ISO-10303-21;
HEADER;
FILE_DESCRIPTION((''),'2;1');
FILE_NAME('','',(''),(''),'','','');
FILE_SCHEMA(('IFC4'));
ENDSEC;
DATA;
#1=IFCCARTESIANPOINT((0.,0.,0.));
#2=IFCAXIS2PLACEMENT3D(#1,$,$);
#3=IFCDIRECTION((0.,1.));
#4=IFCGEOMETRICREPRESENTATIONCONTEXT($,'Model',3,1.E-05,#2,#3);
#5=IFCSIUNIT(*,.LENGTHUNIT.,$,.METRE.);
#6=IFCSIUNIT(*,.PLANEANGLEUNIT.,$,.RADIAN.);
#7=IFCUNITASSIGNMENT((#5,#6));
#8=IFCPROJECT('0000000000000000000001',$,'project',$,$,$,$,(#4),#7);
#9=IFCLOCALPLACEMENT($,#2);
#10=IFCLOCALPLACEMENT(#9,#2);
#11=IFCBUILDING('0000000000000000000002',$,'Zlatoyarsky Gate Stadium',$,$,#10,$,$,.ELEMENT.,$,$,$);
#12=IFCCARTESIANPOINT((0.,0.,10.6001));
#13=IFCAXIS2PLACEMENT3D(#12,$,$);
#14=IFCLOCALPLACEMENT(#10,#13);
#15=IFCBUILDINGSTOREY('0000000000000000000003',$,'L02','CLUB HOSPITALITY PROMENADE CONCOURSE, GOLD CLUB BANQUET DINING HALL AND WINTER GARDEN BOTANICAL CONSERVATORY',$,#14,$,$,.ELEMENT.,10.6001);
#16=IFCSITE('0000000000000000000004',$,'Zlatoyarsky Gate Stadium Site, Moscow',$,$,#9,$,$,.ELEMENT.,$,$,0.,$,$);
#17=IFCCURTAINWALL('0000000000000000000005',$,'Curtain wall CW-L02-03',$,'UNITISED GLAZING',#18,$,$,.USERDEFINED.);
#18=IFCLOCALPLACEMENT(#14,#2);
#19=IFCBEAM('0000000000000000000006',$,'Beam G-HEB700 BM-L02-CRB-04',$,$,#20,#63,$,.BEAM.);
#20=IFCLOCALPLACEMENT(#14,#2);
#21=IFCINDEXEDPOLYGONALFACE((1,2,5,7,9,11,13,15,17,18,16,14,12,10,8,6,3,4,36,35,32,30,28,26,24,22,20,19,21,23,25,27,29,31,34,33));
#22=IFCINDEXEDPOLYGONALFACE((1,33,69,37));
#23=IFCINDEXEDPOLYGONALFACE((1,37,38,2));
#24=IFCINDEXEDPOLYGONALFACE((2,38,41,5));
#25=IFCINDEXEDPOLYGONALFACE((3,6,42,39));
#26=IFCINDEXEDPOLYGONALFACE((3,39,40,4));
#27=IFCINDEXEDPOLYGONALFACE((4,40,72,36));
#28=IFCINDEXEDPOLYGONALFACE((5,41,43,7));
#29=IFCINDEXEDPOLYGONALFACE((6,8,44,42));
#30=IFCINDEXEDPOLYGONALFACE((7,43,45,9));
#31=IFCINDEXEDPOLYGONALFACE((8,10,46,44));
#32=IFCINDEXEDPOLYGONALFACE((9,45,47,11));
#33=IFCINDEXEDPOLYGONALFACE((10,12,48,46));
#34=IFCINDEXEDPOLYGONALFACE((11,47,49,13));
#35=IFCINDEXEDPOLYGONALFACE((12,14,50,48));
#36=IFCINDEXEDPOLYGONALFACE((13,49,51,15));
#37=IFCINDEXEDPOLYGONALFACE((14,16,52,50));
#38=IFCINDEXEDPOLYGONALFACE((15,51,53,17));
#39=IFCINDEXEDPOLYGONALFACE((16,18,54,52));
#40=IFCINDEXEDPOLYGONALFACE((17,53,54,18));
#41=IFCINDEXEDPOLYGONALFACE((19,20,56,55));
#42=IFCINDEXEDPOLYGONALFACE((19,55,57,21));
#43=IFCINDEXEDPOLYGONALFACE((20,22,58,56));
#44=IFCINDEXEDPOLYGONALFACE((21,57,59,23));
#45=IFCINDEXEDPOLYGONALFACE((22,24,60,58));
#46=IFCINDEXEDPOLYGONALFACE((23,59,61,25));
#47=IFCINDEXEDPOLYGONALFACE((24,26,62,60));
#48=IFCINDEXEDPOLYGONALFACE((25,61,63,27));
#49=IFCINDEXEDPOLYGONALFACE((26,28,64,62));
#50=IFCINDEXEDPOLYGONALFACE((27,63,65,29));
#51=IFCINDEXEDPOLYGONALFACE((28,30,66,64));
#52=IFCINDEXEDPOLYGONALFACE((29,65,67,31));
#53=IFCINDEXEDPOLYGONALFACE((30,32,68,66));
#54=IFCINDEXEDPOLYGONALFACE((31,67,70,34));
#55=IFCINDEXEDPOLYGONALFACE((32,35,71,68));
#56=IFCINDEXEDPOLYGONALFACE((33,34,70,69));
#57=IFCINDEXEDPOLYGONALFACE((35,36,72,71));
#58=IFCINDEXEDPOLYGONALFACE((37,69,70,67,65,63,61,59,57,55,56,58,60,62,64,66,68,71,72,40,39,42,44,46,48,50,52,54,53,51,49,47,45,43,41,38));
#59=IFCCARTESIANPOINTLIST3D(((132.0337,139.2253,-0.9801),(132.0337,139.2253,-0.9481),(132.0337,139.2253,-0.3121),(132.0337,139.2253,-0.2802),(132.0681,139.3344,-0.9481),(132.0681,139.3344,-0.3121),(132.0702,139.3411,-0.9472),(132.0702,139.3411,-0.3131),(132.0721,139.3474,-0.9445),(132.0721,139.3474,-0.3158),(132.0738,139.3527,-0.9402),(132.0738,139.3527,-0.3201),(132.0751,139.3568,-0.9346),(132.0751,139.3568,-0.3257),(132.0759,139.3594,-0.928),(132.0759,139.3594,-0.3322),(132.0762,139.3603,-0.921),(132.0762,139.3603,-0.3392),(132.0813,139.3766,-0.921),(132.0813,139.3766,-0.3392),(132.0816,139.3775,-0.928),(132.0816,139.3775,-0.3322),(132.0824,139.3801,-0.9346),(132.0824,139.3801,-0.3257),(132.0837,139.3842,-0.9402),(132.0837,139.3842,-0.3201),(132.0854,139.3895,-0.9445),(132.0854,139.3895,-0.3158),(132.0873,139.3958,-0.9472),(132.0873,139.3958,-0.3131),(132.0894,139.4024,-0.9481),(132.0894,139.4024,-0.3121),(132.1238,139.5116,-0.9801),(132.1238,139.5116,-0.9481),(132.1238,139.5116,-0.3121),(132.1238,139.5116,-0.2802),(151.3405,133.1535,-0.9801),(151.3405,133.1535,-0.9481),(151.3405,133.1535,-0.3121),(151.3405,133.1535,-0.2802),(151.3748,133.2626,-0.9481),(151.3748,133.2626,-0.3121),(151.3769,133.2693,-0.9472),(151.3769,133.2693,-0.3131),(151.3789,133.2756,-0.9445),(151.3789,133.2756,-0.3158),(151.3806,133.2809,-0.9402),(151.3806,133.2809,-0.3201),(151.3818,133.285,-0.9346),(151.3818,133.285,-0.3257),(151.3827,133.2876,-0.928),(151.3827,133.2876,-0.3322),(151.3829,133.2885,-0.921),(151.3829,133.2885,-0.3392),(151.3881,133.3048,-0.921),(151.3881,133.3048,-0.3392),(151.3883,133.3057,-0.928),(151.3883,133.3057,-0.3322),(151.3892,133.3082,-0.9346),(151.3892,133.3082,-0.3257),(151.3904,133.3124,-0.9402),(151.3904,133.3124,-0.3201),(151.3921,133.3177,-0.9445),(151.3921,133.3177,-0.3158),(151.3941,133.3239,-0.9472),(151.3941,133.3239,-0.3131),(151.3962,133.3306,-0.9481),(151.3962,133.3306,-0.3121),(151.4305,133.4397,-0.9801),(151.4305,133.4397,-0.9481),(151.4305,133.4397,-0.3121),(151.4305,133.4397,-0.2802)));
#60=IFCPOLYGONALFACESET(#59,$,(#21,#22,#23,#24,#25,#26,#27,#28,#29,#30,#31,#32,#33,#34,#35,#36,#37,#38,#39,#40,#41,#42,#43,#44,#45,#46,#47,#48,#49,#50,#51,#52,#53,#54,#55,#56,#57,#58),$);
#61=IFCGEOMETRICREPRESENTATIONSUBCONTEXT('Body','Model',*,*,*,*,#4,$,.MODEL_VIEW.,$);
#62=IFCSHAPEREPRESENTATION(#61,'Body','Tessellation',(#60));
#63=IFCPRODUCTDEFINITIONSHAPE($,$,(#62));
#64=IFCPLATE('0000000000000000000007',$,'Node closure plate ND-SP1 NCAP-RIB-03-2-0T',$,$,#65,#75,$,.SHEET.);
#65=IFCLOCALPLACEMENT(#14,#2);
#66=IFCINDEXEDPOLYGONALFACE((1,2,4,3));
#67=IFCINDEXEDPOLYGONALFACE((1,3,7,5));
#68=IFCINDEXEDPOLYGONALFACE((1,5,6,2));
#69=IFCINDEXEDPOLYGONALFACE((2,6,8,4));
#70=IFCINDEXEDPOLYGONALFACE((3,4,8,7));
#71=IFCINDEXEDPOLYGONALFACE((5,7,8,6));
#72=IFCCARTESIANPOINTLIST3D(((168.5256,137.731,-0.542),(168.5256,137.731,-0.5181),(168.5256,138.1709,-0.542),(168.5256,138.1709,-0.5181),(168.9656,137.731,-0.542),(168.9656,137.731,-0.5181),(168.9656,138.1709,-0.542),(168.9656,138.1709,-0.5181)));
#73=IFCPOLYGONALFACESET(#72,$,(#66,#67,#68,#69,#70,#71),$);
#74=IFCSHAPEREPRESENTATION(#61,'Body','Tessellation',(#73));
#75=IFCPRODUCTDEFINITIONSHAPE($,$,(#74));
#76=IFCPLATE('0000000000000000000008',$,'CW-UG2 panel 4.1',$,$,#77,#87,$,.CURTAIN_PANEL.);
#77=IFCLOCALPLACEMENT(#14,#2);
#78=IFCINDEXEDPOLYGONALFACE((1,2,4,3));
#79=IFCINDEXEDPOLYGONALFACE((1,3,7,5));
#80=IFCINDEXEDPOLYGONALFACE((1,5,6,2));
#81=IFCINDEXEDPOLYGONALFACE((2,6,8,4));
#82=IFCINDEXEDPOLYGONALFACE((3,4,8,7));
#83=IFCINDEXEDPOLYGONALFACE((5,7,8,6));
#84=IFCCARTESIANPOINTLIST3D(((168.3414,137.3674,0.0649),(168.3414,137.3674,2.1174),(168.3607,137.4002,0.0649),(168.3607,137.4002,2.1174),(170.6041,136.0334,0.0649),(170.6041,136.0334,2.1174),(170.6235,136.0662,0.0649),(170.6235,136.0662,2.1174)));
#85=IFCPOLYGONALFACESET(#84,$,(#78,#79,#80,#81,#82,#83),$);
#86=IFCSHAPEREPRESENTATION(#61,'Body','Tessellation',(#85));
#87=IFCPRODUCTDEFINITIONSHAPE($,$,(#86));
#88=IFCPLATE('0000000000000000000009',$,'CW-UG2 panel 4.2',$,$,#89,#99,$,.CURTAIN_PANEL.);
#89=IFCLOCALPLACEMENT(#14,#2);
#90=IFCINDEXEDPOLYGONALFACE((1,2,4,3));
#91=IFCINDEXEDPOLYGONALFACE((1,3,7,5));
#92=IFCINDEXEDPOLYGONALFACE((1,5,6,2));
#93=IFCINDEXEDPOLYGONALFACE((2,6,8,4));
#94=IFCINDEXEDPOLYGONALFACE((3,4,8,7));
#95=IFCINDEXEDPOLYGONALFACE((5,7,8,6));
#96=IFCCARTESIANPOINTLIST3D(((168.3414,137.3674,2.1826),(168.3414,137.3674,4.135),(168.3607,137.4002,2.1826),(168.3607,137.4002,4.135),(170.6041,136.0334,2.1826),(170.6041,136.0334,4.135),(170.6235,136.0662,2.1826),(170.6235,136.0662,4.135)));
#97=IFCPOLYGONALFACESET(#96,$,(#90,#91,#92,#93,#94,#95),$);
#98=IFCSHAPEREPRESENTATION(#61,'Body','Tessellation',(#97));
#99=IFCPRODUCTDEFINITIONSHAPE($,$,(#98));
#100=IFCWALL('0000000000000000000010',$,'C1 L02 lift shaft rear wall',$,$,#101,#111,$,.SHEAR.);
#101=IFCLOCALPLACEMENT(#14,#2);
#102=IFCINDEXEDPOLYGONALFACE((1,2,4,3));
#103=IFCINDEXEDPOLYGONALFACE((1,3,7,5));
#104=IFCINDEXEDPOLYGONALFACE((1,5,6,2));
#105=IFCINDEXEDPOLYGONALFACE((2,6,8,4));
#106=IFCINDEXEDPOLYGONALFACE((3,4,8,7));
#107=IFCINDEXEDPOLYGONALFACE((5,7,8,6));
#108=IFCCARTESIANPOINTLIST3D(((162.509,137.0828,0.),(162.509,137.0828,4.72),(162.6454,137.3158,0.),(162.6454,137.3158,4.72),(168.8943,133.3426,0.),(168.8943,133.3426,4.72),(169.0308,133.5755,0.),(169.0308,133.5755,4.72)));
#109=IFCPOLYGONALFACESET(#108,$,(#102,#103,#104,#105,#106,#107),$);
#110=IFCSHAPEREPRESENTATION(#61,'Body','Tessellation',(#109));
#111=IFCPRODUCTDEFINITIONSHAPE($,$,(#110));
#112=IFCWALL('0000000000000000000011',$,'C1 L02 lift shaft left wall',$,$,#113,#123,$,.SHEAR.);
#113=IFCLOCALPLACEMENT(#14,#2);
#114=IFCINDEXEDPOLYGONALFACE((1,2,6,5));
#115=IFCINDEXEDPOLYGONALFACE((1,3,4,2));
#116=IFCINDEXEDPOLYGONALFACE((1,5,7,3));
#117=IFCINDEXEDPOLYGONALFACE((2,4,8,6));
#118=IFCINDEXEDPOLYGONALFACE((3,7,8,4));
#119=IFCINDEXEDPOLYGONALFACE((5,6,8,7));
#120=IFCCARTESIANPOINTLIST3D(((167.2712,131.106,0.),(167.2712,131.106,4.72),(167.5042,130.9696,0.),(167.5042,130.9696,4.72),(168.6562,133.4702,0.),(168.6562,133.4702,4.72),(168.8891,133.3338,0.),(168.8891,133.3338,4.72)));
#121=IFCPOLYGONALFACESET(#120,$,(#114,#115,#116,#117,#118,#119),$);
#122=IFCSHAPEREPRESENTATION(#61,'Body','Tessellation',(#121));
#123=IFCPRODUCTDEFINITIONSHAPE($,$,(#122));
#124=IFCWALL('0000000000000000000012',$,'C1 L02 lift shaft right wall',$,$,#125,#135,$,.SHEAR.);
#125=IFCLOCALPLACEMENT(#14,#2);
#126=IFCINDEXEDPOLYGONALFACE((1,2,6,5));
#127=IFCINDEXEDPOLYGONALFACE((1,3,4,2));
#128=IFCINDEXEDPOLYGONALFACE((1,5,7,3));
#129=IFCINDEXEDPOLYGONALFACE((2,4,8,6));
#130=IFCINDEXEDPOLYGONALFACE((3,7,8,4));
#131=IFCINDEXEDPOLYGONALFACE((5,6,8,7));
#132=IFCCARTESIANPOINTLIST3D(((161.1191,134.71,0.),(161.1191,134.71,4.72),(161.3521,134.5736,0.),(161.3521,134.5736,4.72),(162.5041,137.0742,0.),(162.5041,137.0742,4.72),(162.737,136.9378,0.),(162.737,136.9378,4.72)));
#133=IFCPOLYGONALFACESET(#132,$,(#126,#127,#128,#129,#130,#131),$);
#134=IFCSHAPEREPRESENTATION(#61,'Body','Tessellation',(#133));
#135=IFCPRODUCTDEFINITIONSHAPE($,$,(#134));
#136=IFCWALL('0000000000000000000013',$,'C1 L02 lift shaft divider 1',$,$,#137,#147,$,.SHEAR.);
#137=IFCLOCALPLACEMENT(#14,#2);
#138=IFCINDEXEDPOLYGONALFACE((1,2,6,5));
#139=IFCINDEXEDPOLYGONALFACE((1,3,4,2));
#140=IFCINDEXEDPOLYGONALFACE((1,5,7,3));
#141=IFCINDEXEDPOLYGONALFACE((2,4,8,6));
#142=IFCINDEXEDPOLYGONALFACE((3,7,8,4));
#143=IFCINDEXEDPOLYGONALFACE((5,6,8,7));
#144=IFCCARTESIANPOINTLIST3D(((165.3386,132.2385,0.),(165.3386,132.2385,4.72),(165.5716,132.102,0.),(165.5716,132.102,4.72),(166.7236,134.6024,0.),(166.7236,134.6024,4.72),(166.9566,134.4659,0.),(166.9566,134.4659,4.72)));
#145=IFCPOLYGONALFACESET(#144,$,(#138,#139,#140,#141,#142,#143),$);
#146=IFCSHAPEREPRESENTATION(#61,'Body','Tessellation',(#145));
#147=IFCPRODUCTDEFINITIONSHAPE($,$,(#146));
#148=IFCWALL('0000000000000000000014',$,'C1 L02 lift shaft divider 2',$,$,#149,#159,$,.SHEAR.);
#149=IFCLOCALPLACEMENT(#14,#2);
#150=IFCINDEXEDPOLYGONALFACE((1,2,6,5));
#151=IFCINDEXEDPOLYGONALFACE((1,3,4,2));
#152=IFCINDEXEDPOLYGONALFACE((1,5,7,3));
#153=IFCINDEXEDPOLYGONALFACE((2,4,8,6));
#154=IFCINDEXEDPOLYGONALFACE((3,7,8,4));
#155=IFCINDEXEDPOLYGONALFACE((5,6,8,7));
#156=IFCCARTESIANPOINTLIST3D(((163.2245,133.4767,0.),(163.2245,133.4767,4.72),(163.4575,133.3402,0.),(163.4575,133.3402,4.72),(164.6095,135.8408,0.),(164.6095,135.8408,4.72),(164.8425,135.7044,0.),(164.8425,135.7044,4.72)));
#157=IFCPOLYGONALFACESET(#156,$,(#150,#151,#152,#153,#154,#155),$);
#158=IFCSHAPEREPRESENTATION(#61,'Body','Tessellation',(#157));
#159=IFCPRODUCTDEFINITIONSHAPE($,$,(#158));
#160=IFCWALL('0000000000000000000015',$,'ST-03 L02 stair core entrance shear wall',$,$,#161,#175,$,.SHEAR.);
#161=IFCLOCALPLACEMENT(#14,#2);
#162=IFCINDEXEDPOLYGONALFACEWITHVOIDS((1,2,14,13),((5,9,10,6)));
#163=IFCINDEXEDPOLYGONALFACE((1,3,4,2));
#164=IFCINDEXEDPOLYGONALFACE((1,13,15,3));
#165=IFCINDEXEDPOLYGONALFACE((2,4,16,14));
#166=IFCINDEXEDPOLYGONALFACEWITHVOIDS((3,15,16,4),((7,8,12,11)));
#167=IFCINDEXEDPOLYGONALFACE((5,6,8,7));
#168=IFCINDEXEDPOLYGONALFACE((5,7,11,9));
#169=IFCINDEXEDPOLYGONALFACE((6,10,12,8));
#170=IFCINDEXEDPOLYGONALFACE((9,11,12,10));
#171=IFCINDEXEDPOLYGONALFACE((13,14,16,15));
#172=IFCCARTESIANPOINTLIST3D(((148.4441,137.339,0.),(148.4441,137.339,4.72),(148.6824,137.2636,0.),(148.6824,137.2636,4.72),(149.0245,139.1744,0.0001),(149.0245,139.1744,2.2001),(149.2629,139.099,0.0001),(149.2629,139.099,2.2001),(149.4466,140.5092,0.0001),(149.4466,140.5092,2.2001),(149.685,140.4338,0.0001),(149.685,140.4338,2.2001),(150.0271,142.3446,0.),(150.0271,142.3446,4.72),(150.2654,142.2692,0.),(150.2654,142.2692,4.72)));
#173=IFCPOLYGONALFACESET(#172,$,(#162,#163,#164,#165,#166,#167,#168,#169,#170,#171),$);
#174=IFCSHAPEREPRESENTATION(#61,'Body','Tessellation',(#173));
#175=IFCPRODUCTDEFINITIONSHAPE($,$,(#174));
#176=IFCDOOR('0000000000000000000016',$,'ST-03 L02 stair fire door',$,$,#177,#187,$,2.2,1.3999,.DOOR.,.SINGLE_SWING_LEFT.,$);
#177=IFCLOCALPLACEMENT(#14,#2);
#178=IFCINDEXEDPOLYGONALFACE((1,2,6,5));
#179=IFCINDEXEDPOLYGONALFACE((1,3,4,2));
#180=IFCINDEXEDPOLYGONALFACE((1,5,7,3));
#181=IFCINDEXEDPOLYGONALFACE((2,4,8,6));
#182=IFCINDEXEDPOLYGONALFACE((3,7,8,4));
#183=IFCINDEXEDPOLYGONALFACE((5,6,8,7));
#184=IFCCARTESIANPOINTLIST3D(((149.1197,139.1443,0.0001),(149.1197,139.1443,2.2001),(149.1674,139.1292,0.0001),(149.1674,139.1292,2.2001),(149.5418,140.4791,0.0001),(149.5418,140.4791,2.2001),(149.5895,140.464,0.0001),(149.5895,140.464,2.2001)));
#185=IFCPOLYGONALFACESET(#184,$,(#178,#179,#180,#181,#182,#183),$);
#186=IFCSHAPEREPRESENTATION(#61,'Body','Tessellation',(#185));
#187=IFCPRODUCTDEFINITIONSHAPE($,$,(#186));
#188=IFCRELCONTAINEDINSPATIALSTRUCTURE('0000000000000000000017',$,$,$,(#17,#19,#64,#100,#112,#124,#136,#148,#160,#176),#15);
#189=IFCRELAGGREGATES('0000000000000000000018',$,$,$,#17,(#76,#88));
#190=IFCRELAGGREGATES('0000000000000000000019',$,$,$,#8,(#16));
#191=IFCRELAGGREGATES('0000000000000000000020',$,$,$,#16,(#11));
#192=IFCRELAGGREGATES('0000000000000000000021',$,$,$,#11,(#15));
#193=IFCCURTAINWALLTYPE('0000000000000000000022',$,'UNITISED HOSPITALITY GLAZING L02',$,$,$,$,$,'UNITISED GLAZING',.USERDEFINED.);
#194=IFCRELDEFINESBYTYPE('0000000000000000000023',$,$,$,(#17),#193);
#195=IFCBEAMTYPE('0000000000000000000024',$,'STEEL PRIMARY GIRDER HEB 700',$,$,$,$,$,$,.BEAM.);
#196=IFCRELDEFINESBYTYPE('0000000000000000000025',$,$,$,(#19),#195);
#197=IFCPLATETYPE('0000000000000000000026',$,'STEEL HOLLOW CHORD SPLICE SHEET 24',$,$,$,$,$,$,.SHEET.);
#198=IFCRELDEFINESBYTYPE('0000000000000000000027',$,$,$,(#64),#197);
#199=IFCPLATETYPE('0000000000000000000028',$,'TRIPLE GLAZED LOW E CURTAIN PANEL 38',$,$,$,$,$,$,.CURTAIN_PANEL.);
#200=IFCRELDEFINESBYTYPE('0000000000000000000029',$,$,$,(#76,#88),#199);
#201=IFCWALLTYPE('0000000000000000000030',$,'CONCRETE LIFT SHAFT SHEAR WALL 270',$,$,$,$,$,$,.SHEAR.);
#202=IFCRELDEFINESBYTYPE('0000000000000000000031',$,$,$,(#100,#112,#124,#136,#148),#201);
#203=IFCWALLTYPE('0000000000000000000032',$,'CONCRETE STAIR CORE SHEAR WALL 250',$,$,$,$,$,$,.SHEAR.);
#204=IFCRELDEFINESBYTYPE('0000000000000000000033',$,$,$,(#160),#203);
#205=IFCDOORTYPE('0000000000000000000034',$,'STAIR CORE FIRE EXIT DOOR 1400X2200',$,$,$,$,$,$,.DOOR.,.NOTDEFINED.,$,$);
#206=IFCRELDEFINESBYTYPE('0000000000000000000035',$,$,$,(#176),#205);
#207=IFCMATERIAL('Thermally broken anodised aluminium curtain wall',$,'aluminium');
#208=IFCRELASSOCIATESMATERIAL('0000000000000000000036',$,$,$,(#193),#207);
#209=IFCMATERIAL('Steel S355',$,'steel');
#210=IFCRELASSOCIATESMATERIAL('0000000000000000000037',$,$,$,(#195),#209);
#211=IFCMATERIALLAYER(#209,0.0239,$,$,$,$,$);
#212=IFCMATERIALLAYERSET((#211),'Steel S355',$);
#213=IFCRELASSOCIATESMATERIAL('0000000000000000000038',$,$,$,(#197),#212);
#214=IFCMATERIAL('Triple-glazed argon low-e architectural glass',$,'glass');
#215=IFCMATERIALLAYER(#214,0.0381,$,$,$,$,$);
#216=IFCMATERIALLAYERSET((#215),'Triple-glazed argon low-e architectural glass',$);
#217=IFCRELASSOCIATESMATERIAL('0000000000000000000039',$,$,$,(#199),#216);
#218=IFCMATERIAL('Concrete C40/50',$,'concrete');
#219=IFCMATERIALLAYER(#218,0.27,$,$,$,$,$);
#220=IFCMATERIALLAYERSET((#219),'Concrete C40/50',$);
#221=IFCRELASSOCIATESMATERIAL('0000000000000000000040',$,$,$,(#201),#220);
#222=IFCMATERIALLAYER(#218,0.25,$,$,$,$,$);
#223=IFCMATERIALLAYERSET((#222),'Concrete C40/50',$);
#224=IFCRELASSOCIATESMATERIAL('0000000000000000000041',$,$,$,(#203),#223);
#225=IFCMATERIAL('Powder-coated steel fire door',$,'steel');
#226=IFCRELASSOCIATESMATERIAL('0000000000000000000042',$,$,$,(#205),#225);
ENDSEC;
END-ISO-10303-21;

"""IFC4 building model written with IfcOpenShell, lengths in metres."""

from ifc_helpers import new_model, si_unit, direction, frame, frame_2d, origin, origin_2d, place, context, subcontext, project, spatial, rectangle, i_section, extrude, material, layer, layer_set, material_profile, profile_set, type_object, element, fill, aggregate, save


model = new_model("IFC4")

# Units and contexts
model_context = context("Model", 3, precision=1e-05, world=origin(), true_north=direction((0.0, 1.0)))
body_context = subcontext(model_context, "Body", "Model", "MODEL_VIEW")
ifc_project = project(units=[si_unit("LENGTHUNIT", "METRE"), si_unit("PLANEANGLEUNIT", "RADIAN")], contexts=[model_context])

# Site, building, storey
site_placement = place(None, origin())
site = spatial("IfcSite", under=ifc_project, at=site_placement, Name="Zlatoyarsky Gate Stadium Site, Moscow", CompositionType="ELEMENT", RefElevation=0.0)
building_placement = place(site_placement, origin())
building = spatial("IfcBuilding", under=site, at=building_placement, Name="Zlatoyarsky Gate Stadium", CompositionType="ELEMENT")
storey_placement = place(building_placement, frame((0.0, 0.0, 10.6001)))
storey = spatial("IfcBuildingStorey", under=building, at=storey_placement, Name="L02", Description="CLUB HOSPITALITY PROMENADE CONCOURSE, GOLD CLUB BANQUET DINING HALL AND WINTER GARDEN BOTANICAL CONSERVATORY", CompositionType="ELEMENT", Elevation=10.6001)

# Shared definitions
ifc_material_1 = material(Name="Concrete C40/50", Category="concrete")

# Curtain wall
ifc_material_2 = material(Name="Thermally broken anodised aluminium curtain wall", Category="aluminium")
curtain_wall_type = type_object("IfcCurtainWallType", Name="UNITISED HOSPITALITY GLAZING L02", ElementType="UNITISED GLAZING", PredefinedType="USERDEFINED", material=ifc_material_2)
curtain_wall_placement = place(storey_placement, origin())
curtain_wall = element("IfcCurtainWall", 1, at=curtain_wall_placement, inside=storey, type_object=curtain_wall_type, Name="Curtain wall CW-L02-03", ObjectType="UNITISED GLAZING", PredefinedType="USERDEFINED")

# Shared definitions
ifc_material_3 = material(Name="Steel S355", Category="steel")

# Beam
ifc_material_profile_1 = material_profile(ifc_material_3, i_section(OverallWidth=0.3, OverallDepth=0.7, WebThickness=0.0171, FlangeThickness=0.032, FilletRadius=0.0271, at=origin_2d()), Name="HEB 700")
ifc_profile_set_1 = profile_set([ifc_material_profile_1], Name="Steel S355")
beam_type_1 = type_object("IfcBeamType", Name="STEEL PRIMARY GIRDER HEB 700", PredefinedType="BEAM", material=ifc_profile_set_1)
beam_1_placement = place(storey_placement, frame((151.3855, 133.2966, -0.6301), z_axis=(-0.953938, 0.300005, 0.0), x_axis=(-0.300005, -0.953938, 0.0)))
element("IfcBeam", 2, at=beam_1_placement, inside=storey, type_object=beam_type_1, Name="Beam G-HEB700 BM-L02-CRB-04", PredefinedType="BEAM", context=body_context, shape_type="SweptSolid", body=[
    extrude(i_section(OverallWidth=0.3, OverallDepth=0.7, WebThickness=0.0171, FlangeThickness=0.032, FilletRadius=0.0271, at=origin_2d()), origin(), (0.0, 0.0, 1.0), 20.239),
])

# Plates
ifc_layer_1 = layer(ifc_material_3, 0.0239)
ifc_layer_set_1 = layer_set([ifc_layer_1], Name="Steel S355")
plate_type_1 = type_object("IfcPlateType", Name="STEEL HOLLOW CHORD SPLICE SHEET 24", PredefinedType="SHEET", material=ifc_layer_set_1)
plate_1_placement = place(storey_placement, frame((168.7456, 137.9509, -0.542), z_axis=(0.0, 0.0, 1.0), x_axis=(1.0, 0.0, 0.0)))
element("IfcPlate", 3, at=plate_1_placement, inside=storey, type_object=plate_type_1, Name="Node closure plate ND-SP1 NCAP-RIB-03-2-0T", PredefinedType="SHEET", context=body_context, shape_type="SweptSolid", body=[
    extrude(rectangle(XDim=0.4399, YDim=0.4399, at=origin_2d()), origin(), (0.0, 0.0, 1.0), 0.0239),
])
ifc_material_4 = material(Name="Triple-glazed argon low-e architectural glass", Category="glass")
ifc_layer_2 = layer(ifc_material_4, 0.0381)
ifc_layer_set_2 = layer_set([ifc_layer_2], Name="Triple-glazed argon low-e architectural glass")
plate_type_2 = type_object("IfcPlateType", Name="TRIPLE GLAZED LOW E CURTAIN PANEL 38", PredefinedType="CURTAIN_PANEL", material=ifc_layer_set_2)
plate_2_placement = place(storey_placement, frame((169.4824, 136.7168, 0.0649), z_axis=(0.0, 0.0, 1.0), x_axis=(-0.861425, 0.507884, 0.0)))
plate_2 = element("IfcPlate", 4, at=plate_2_placement, type_object=plate_type_2, Name="CW-UG2 panel 4.1", PredefinedType="CURTAIN_PANEL", context=body_context, shape_type="SweptSolid", body=[
    extrude(rectangle(XDim=2.6267, YDim=0.0381, at=origin_2d()), origin(), (0.0, 0.0, 1.0), 2.0525),
])
plate_3_placement = place(storey_placement, frame((169.4824, 136.7168, 2.1826), z_axis=(0.0, 0.0, 1.0), x_axis=(-0.861425, 0.507884, 0.0)))
plate_3 = element("IfcPlate", 5, at=plate_3_placement, type_object=plate_type_2, Name="CW-UG2 panel 4.2", PredefinedType="CURTAIN_PANEL", context=body_context, shape_type="SweptSolid", body=[
    extrude(rectangle(XDim=2.6267, YDim=0.0381, at=origin_2d()), origin(), (0.0, 0.0, 1.0), 1.9524),
])
aggregate(curtain_wall, [plate_2, plate_3])

# Walls
ifc_layer_3 = layer(ifc_material_1, 0.27)
ifc_layer_set_3 = layer_set([ifc_layer_3], Name="Concrete C40/50")
wall_type_1 = type_object("IfcWallType", Name="CONCRETE LIFT SHAFT SHEAR WALL 270", PredefinedType="SHEAR", material=ifc_layer_set_3)
wall_1_placement = place(storey_placement, frame((168.9626, 133.459, 0.0), z_axis=(0.0, 0.0, 1.0), x_axis=(-0.862866, 0.505433, 0.0)))
element("IfcWall", 6, at=wall_1_placement, inside=storey, type_object=wall_type_1, Name="C1 L02 lift shaft rear wall", PredefinedType="SHEAR", context=body_context, shape_type="SweptSolid", body=[
    extrude(rectangle(XDim=7.4001, YDim=0.27, at=frame_2d((3.7002, 0.0))), origin(), (0.0, 0.0, 1.0), 4.72),
])
for number, where, z_axis, x_axis, name in (
    (7, (168.7727, 133.4021, 0.0), (0.0, 0.0, 1.0), (-0.505466, -0.862847, 0.0), "C1 L02 lift shaft left wall"),
    (8, (162.6206, 137.0061, 0.0), (0.0, 0.0, 1.0), (-0.505466, -0.862847, 0.0), "C1 L02 lift shaft right wall"),
):
    element("IfcWall", number, at=place(storey_placement, frame(where, z_axis=z_axis, x_axis=x_axis)), inside=storey, type_object=wall_type_1, Name=name, PredefinedType="SHEAR", context=body_context, shape_type="SweptSolid", body=[
        extrude(rectangle(XDim=2.74, YDim=0.27, at=frame_2d((1.3701, 0.0))), origin(), (0.0, 0.0, 1.0), 4.72),
    ])
wall_2_placement = place(storey_placement, frame((166.8401, 134.5342, 0.0), z_axis=(0.0, 0.0, 1.0), x_axis=(-0.505505, -0.862824, 0.0)))
element("IfcWall", 9, at=wall_2_placement, inside=storey, type_object=wall_type_1, Name="C1 L02 lift shaft divider 1", PredefinedType="SHEAR", context=body_context, shape_type="SweptSolid", body=[
    extrude(rectangle(XDim=2.7397, YDim=0.27, at=frame_2d((1.3699, 0.0))), origin(), (0.0, 0.0, 1.0), 4.72),
])
wall_3_placement = place(storey_placement, frame((164.7261, 135.7727, 0.0), z_axis=(0.0, 0.0, 1.0), x_axis=(-0.505466, -0.862847, 0.0)))
element("IfcWall", 10, at=wall_3_placement, inside=storey, type_object=wall_type_1, Name="C1 L02 lift shaft divider 2", PredefinedType="SHEAR", context=body_context, shape_type="SweptSolid", body=[
    extrude(rectangle(XDim=2.74, YDim=0.27, at=frame_2d((1.3701, 0.0))), origin(), (0.0, 0.0, 1.0), 4.72),
])

# Wall, opening, door
ifc_layer_4 = layer(ifc_material_1, 0.25)
ifc_layer_set_4 = layer_set([ifc_layer_4], Name="Concrete C40/50")
wall_type_2 = type_object("IfcWallType", Name="CONCRETE STAIR CORE SHEAR WALL 250", PredefinedType="SHEAR", material=ifc_layer_set_4)
wall_4_placement = place(storey_placement, frame((148.5632, 137.3013, 0.0), z_axis=(0.0, 0.0, 1.0), x_axis=(0.301527, 0.953457, 0.0)))
wall_4 = element("IfcWall", 11, at=wall_4_placement, inside=storey, type_object=wall_type_2, Name="ST-03 L02 stair core entrance shear wall", PredefinedType="SHEAR", context=body_context, shape_type="SweptSolid", body=[
    extrude(rectangle(XDim=5.25, YDim=0.25, at=frame_2d((2.625, 0.0))), origin(), (0.0, 0.0, 1.0), 4.72),
])
opening_1_placement = place(wall_4_placement, frame((1.925, 0.0, 0.0)))
opening_1 = element("IfcOpeningElement", 12, at=opening_1_placement, cuts=wall_4, PredefinedType="OPENING", context=body_context, shape_type="SweptSolid", body=[
    extrude(rectangle(XDim=1.3999, YDim=2.2, at=frame_2d((0.7, 1.1001))), frame((0.0, 0.135, 0.0), z_axis=(0.0, -1.0, 0.0), x_axis=(1.0, 0.0, 0.0)), (0.0, 0.0, 1.0), 0.27),
])
ifc_material_5 = material(Name="Powder-coated steel fire door", Category="steel")
door_type_1 = type_object("IfcDoorType", Name="STAIR CORE FIRE EXIT DOOR 1400X2200", OperationType="NOTDEFINED", PredefinedType="DOOR", material=ifc_material_5)
door_1_placement = place(opening_1_placement, frame((1.3999, 0.0, 0.0), z_axis=(0.0, 0.0, 1.0), x_axis=(-1.0, 0.0, 0.0)))
door_1 = element("IfcDoor", 13, at=door_1_placement, inside=storey, type_object=door_type_1, Name="ST-03 L02 stair fire door", OperationType="SINGLE_SWING_LEFT", OverallHeight=2.2, OverallWidth=1.3999, PredefinedType="DOOR", context=body_context, shape_type="SweptSolid", body=[
    extrude(rectangle(XDim=1.3999, YDim=2.2, at=frame_2d((0.7, 1.1001))), frame((0.0, 0.0249, 0.0), z_axis=(0.0, -1.0, 0.0), x_axis=(1.0, 0.0, 0.0)), (0.0, 0.0, 1.0), 0.05),
])
fill(opening_1, door_1)

save(model, "model.ifc")
